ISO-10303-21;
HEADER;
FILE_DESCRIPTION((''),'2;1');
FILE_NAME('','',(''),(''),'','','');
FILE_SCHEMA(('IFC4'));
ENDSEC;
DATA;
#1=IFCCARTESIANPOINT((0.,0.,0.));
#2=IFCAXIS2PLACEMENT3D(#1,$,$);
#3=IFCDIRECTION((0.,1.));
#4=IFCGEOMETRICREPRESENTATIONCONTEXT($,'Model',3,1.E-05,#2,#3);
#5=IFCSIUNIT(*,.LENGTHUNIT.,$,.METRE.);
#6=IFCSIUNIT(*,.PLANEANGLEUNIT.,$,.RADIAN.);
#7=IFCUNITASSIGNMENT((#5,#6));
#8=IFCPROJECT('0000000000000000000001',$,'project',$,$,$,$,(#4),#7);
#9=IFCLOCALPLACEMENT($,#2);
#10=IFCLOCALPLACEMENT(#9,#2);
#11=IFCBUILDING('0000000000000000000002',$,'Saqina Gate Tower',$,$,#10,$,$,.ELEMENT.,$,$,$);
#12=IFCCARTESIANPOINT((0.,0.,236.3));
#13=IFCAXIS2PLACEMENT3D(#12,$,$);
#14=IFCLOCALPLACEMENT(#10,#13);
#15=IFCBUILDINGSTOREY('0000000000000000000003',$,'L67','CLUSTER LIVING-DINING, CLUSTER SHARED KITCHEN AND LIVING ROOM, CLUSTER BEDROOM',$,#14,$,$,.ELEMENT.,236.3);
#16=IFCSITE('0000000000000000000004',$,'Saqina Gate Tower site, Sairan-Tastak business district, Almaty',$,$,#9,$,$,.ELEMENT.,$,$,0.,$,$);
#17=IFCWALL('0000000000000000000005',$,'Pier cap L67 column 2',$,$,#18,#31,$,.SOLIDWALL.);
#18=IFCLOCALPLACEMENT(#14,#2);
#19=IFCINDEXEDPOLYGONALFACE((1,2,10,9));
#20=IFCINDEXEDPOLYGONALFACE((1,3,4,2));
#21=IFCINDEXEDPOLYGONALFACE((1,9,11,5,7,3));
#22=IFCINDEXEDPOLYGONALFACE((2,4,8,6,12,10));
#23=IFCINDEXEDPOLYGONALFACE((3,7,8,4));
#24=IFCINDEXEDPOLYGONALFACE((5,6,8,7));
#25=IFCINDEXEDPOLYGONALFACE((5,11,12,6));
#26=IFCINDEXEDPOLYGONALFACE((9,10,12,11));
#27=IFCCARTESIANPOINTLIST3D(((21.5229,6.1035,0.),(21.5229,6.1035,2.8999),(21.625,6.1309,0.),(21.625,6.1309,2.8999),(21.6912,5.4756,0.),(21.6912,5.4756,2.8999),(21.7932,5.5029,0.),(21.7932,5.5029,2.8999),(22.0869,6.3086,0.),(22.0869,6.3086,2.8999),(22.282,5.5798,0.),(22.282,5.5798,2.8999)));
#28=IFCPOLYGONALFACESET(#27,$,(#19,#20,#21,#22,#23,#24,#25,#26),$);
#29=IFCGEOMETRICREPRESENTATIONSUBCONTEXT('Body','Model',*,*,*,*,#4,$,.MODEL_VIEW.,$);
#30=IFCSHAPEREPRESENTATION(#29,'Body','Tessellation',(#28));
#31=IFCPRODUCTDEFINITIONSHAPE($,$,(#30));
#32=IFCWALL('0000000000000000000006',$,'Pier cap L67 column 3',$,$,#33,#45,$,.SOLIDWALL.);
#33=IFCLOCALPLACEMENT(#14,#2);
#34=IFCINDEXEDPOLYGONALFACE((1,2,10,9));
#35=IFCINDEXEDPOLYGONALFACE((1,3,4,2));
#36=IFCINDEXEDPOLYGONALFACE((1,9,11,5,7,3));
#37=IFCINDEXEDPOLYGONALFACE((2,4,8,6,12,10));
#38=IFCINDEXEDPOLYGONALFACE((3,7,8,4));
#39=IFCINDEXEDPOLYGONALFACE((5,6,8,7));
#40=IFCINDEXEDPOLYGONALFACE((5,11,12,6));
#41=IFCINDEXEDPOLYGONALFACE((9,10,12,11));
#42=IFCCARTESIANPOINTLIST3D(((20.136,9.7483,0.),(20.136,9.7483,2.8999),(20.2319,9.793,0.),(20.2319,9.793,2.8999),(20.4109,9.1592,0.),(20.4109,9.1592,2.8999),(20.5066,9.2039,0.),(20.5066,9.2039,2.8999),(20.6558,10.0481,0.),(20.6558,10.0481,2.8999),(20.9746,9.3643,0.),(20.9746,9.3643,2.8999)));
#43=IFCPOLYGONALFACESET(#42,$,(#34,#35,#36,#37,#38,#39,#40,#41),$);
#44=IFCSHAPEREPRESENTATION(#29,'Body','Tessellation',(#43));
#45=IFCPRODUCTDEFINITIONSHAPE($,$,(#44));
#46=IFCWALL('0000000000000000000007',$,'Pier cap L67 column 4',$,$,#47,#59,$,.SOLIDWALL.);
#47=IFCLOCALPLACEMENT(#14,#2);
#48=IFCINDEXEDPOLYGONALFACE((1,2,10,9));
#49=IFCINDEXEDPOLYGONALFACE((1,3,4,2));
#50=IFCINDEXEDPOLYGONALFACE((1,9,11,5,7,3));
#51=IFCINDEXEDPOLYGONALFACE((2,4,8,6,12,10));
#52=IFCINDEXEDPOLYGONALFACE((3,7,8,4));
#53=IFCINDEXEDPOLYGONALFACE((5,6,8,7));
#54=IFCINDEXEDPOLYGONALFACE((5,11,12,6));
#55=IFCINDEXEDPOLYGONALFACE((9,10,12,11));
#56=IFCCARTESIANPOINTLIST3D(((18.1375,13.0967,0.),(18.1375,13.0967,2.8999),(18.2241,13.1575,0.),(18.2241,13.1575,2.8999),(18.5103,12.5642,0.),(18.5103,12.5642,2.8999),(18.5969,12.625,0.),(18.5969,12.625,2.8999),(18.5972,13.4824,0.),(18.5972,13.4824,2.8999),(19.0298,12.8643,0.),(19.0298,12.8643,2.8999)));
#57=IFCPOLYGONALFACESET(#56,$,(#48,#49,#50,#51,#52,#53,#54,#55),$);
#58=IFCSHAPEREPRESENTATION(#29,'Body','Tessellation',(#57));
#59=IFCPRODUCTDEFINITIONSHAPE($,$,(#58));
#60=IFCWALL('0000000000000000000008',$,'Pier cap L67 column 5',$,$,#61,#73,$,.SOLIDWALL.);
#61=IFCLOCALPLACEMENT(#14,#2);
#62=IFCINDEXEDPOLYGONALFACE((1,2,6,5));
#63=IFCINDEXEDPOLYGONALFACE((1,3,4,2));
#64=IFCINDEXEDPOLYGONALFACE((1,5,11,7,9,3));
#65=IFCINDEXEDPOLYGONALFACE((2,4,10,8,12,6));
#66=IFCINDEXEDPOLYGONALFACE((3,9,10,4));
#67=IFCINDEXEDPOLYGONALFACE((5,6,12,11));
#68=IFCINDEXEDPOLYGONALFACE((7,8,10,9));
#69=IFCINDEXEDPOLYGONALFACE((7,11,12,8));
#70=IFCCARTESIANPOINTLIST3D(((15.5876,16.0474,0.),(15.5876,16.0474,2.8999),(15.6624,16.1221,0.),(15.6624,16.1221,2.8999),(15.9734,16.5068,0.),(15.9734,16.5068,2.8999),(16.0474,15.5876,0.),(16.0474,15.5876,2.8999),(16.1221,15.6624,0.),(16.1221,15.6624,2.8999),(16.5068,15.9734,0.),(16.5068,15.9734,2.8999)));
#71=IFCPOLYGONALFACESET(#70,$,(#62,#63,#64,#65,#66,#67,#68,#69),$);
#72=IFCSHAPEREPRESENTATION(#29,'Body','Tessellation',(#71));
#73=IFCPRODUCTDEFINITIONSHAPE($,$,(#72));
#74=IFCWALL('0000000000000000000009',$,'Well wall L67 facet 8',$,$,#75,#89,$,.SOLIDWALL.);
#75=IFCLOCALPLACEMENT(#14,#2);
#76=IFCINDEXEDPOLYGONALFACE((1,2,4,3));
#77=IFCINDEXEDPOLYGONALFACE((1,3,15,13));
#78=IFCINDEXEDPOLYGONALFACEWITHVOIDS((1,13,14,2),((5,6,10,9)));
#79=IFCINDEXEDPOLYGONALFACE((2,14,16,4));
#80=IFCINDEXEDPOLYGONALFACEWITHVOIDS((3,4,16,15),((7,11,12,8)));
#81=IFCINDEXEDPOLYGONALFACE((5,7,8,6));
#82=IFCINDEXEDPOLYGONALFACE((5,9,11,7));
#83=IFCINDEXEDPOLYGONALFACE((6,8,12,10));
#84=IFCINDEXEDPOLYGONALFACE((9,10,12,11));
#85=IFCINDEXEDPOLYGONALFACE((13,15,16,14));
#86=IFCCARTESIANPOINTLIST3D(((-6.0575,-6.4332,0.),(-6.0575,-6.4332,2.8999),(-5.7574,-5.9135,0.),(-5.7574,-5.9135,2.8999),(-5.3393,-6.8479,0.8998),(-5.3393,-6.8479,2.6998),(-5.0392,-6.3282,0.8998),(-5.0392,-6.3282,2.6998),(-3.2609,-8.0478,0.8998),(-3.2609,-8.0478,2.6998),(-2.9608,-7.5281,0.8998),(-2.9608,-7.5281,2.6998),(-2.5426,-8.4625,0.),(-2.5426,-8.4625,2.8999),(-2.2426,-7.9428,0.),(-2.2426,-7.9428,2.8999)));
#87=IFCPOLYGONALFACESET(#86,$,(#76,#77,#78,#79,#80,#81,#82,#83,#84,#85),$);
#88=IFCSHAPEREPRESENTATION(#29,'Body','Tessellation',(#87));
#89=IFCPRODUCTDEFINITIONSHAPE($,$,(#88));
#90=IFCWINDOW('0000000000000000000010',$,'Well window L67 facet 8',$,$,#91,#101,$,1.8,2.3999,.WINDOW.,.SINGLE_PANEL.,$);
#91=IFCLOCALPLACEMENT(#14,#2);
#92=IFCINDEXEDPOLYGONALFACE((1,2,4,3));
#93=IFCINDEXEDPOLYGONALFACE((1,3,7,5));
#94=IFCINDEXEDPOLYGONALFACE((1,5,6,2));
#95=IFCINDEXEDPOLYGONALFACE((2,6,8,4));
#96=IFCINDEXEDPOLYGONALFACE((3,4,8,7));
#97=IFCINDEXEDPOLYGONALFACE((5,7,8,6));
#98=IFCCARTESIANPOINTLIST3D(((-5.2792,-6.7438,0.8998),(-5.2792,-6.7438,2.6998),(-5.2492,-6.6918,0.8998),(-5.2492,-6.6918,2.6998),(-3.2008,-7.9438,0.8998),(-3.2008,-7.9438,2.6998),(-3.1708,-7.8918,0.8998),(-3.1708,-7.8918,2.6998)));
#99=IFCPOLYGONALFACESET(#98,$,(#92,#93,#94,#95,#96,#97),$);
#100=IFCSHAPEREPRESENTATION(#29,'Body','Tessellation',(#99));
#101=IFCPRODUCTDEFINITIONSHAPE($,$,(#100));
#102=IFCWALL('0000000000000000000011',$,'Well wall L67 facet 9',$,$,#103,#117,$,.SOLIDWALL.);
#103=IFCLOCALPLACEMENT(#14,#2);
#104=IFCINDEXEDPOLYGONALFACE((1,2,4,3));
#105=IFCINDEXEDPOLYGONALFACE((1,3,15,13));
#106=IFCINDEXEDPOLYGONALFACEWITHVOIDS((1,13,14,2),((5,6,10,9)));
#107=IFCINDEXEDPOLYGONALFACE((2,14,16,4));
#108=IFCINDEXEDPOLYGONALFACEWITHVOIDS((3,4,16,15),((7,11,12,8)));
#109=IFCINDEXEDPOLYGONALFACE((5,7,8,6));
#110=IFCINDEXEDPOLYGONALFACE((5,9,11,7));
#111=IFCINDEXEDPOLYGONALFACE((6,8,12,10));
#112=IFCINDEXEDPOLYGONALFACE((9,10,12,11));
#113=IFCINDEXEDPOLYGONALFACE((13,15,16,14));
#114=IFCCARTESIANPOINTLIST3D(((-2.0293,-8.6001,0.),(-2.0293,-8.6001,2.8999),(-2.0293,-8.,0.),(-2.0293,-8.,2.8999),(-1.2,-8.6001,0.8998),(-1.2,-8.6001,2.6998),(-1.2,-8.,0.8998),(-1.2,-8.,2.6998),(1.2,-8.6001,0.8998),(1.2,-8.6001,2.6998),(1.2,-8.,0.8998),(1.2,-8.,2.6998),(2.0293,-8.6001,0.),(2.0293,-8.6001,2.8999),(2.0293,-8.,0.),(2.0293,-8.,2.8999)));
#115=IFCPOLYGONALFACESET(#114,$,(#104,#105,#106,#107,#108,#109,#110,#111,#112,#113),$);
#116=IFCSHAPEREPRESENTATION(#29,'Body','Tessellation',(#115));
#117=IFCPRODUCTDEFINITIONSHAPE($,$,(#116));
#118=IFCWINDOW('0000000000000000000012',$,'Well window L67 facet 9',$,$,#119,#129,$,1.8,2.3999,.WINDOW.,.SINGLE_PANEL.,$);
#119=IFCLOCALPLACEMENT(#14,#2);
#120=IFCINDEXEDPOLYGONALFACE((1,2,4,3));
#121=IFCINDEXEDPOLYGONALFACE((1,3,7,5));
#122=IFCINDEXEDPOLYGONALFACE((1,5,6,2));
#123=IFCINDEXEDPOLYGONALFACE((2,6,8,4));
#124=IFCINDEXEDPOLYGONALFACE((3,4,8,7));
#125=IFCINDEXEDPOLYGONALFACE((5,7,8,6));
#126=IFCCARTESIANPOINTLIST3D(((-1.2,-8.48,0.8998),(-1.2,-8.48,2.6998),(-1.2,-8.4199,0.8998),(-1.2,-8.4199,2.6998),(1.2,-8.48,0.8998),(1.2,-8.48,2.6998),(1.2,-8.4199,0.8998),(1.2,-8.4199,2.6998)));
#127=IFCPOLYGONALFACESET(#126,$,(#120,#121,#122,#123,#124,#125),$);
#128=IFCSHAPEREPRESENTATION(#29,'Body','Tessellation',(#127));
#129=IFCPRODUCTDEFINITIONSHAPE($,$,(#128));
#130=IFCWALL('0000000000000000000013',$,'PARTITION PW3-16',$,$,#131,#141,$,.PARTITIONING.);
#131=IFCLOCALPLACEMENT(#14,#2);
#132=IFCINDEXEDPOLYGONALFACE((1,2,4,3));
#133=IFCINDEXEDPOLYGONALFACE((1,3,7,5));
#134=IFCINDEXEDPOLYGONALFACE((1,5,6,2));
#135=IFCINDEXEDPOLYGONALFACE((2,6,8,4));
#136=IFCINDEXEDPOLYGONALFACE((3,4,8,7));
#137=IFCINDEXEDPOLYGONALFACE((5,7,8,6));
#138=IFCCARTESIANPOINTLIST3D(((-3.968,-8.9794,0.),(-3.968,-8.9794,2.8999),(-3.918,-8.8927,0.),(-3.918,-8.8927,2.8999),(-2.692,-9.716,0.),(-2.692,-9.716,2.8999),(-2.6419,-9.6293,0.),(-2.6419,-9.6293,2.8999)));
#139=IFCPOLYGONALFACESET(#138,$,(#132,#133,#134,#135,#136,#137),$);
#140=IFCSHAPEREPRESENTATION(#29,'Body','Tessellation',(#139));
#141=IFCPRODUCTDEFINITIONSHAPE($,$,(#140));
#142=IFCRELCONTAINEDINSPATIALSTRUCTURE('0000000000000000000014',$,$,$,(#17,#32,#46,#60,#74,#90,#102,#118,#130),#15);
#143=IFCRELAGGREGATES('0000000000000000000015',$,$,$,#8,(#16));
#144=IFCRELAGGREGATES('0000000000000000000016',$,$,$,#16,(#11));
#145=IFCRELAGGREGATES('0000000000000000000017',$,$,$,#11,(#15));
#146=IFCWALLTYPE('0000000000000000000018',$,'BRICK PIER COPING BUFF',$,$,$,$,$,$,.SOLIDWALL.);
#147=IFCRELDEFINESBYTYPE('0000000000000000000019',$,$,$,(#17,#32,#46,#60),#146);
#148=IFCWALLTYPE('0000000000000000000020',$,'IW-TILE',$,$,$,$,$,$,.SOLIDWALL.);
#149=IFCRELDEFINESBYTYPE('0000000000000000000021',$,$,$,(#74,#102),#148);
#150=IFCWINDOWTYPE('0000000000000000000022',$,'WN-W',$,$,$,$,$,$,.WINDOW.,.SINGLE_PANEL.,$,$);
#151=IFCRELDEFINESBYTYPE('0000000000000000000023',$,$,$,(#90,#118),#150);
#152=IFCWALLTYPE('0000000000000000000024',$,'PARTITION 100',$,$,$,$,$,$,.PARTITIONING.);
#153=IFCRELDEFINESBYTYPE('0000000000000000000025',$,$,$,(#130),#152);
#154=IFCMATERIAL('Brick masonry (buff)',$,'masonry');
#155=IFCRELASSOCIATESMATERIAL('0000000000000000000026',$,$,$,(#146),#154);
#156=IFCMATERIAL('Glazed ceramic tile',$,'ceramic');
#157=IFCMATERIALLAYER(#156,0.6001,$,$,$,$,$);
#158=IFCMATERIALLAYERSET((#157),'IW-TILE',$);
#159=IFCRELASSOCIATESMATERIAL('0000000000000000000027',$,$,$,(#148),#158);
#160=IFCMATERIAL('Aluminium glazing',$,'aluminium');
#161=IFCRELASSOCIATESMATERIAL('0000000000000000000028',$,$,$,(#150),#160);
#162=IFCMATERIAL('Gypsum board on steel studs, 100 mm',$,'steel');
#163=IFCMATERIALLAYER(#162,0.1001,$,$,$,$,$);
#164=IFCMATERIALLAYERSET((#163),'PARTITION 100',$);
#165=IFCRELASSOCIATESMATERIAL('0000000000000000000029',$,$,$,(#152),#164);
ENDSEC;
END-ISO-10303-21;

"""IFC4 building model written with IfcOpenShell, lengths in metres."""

from ifc_helpers import new_model, si_unit, direction, frame, frame_2d, origin, place, context, subcontext, project, spatial, polyline, rectangle, outline, extrude, material, layer, layer_set, type_object, element, fill, save


model = new_model("IFC4")

# Units and contexts
model_context = context("Model", 3, precision=1e-05, world=origin(), true_north=direction((0.0, 1.0)))
body_context = subcontext(model_context, "Body", "Model", "MODEL_VIEW")
ifc_project = project(units=[si_unit("LENGTHUNIT", "METRE"), si_unit("PLANEANGLEUNIT", "RADIAN")], contexts=[model_context])

# Site, building, storey
site_placement = place(None, origin())
site = spatial("IfcSite", under=ifc_project, at=site_placement, Name="Saqina Gate Tower site, Sairan-Tastak business district, Almaty", CompositionType="ELEMENT", RefElevation=0.0)
building_placement = place(site_placement, origin())
building = spatial("IfcBuilding", under=site, at=building_placement, Name="Saqina Gate Tower", CompositionType="ELEMENT")
storey_placement = place(building_placement, frame((0.0, 0.0, 236.3)))
storey = spatial("IfcBuildingStorey", under=building, at=storey_placement, Name="L67", Description="CLUSTER LIVING-DINING, CLUSTER SHARED KITCHEN AND LIVING ROOM, CLUSTER BEDROOM", CompositionType="ELEMENT", Elevation=236.3)

# Walls
ifc_material_1 = material(Name="Brick masonry (buff)", Category="masonry")
wall_type_1 = type_object("IfcWallType", Name="BRICK PIER COPING BUFF", PredefinedType="SOLIDWALL", material=ifc_material_1)
wall_1_placement = place(storey_placement, origin())
element("IfcWall", 1, at=wall_1_placement, inside=storey, type_object=wall_type_1, Name="Pier cap L67 column 2", PredefinedType="SOLIDWALL", context=body_context, shape_type="SweptSolid", body=[
    extrude(outline(polyline([(22.0869, 6.3086), (21.5229, 6.1035), (21.625, 6.1309), (21.7932, 5.5029), (21.6912, 5.4756), (22.282, 5.5798), (22.0869, 6.3086)])), origin(), (0.0, 0.0, 1.0), 2.8999),
])
wall_2_placement = place(storey_placement, origin())
element("IfcWall", 2, at=wall_2_placement, inside=storey, type_object=wall_type_1, Name="Pier cap L67 column 3", PredefinedType="SOLIDWALL", context=body_context, shape_type="SweptSolid", body=[
    extrude(outline(polyline([(20.9746, 9.3643), (20.6558, 10.0481), (20.136, 9.7483), (20.2319, 9.793), (20.5066, 9.2039), (20.4109, 9.1592), (20.9746, 9.3643)])), origin(), (0.0, 0.0, 1.0), 2.8999),
])
wall_3_placement = place(storey_placement, origin())
element("IfcWall", 3, at=wall_3_placement, inside=storey, type_object=wall_type_1, Name="Pier cap L67 column 4", PredefinedType="SOLIDWALL", context=body_context, shape_type="SweptSolid", body=[
    extrude(outline(polyline([(19.0298, 12.8643), (18.5972, 13.4824), (18.1375, 13.0967), (18.2241, 13.1575), (18.5969, 12.625), (18.5103, 12.5642), (19.0298, 12.8643)])), origin(), (0.0, 0.0, 1.0), 2.8999),
])
wall_4_placement = place(storey_placement, origin())
element("IfcWall", 4, at=wall_4_placement, inside=storey, type_object=wall_type_1, Name="Pier cap L67 column 5", PredefinedType="SOLIDWALL", context=body_context, shape_type="SweptSolid", body=[
    extrude(outline(polyline([(15.9734, 16.5068), (15.5876, 16.0474), (15.6624, 16.1221), (16.1221, 15.6624), (16.0474, 15.5876), (16.5068, 15.9734), (15.9734, 16.5068)])), origin(), (0.0, 0.0, 1.0), 2.8999),
])

# Walls, openings, windows
ifc_material_2 = material(Name="Glazed ceramic tile", Category="ceramic")
ifc_layer_1 = layer(ifc_material_2, 0.6001)
ifc_layer_set_1 = layer_set([ifc_layer_1], Name="IW-TILE")
wall_type_2 = type_object("IfcWallType", Name="IW-TILE", PredefinedType="SOLIDWALL", material=ifc_layer_set_1)
wall_5_placement = place(storey_placement, frame((-5.9075, -6.1733, 0.0), z_axis=(0.0, 0.0, 1.0), x_axis=(0.866028, -0.499995, 0.0)))
wall_5 = element("IfcWall", 5, at=wall_5_placement, inside=storey, type_object=wall_type_2, Name="Well wall L67 facet 8", PredefinedType="SOLIDWALL", context=body_context, shape_type="SweptSolid", body=[
    extrude(rectangle(XDim=4.0586, YDim=0.6001, at=frame_2d((2.0293, 0.0))), origin(), (0.0, 0.0, 1.0), 2.8999),
])
opening_1_placement = place(wall_5_placement, frame((0.8293, 0.0, 0.8999)))
opening_1 = element("IfcOpeningElement", 6, at=opening_1_placement, cuts=wall_5, PredefinedType="OPENING", context=body_context, shape_type="SweptSolid", body=[
    extrude(rectangle(XDim=2.3999, YDim=1.8, at=frame_2d((1.2, 0.8999))), frame((0.0, 0.312, 0.0), z_axis=(0.0, -1.0, 0.0), x_axis=(1.0, 0.0, 0.0)), (0.0, 0.0, 1.0), 0.624),
])
ifc_material_3 = material(Name="Aluminium glazing", Category="aluminium")
window_type = type_object("IfcWindowType", Name="WN-W", PartitioningType="SINGLE_PANEL", PredefinedType="WINDOW", material=ifc_material_3)
window_1_placement = place(opening_1_placement, origin())
window_1 = element("IfcWindow", 7, at=window_1_placement, inside=storey, type_object=window_type, Name="Well window L67 facet 8", OverallHeight=1.8, OverallWidth=2.3999, PartitioningType="SINGLE_PANEL", PredefinedType="WINDOW", context=body_context, shape_type="SweptSolid", body=[
    extrude(rectangle(XDim=2.3999, YDim=1.8, at=frame_2d((1.2, 0.8999))), frame((0.0, -0.1199, 0.0), z_axis=(0.0, -1.0, 0.0), x_axis=(1.0, 0.0, 0.0)), (0.0, 0.0, 1.0), 0.0601),
])
fill(opening_1, window_1)
wall_6_placement = place(storey_placement, frame((-2.0293, -8.3, 0.0), z_axis=(0.0, 0.0, 1.0), x_axis=(1.0, 0.0, 0.0)))
wall_6 = element("IfcWall", 8, at=wall_6_placement, inside=storey, type_object=wall_type_2, Name="Well wall L67 facet 9", PredefinedType="SOLIDWALL", context=body_context, shape_type="SweptSolid", body=[
    extrude(rectangle(XDim=4.0586, YDim=0.6001, at=frame_2d((2.0293, 0.0))), origin(), (0.0, 0.0, 1.0), 2.8999),
])
opening_2_placement = place(wall_6_placement, frame((0.8293, 0.0, 0.8999)))
opening_2 = element("IfcOpeningElement", 9, at=opening_2_placement, cuts=wall_6, PredefinedType="OPENING", context=body_context, shape_type="SweptSolid", body=[
    extrude(rectangle(XDim=2.3999, YDim=1.8, at=frame_2d((1.2, 0.8999))), frame((0.0, 0.312, 0.0), z_axis=(0.0, -1.0, 0.0), x_axis=(1.0, 0.0, 0.0)), (0.0, 0.0, 1.0), 0.624),
])
window_2_placement = place(opening_2_placement, origin())
window_2 = element("IfcWindow", 10, at=window_2_placement, inside=storey, type_object=window_type, Name="Well window L67 facet 9", OverallHeight=1.8, OverallWidth=2.3999, PartitioningType="SINGLE_PANEL", PredefinedType="WINDOW", context=body_context, shape_type="SweptSolid", body=[
    extrude(rectangle(XDim=2.3999, YDim=1.8, at=frame_2d((1.2, 0.8999))), frame((0.0, -0.1199, 0.0), z_axis=(0.0, -1.0, 0.0), x_axis=(1.0, 0.0, 0.0)), (0.0, 0.0, 1.0), 0.0601),
])
fill(opening_2, window_2)

# Wall
ifc_material_4 = material(Name="Gypsum board on steel studs, 100 mm", Category="steel")
ifc_layer_2 = layer(ifc_material_4, 0.1001)
ifc_layer_set_2 = layer_set([ifc_layer_2], Name="PARTITION 100")
wall_type_3 = type_object("IfcWallType", Name="PARTITION 100", PredefinedType="PARTITIONING", material=ifc_layer_set_2)
wall_7_placement = place(storey_placement, frame((-3.9431, -8.936, 0.0), z_axis=(0.0, 0.0, 1.0), x_axis=(0.866084, -0.499899, 0.0)))
element("IfcWall", 11, at=wall_7_placement, inside=storey, type_object=wall_type_3, Name="PARTITION PW3-16", PredefinedType="PARTITIONING", context=body_context, shape_type="SweptSolid", body=[
    extrude(rectangle(XDim=1.4734, YDim=0.1001, at=frame_2d((0.7368, 0.0))), origin(), (0.0, 0.0, 1.0), 2.8999),
])

save(model, "model.ifc")
